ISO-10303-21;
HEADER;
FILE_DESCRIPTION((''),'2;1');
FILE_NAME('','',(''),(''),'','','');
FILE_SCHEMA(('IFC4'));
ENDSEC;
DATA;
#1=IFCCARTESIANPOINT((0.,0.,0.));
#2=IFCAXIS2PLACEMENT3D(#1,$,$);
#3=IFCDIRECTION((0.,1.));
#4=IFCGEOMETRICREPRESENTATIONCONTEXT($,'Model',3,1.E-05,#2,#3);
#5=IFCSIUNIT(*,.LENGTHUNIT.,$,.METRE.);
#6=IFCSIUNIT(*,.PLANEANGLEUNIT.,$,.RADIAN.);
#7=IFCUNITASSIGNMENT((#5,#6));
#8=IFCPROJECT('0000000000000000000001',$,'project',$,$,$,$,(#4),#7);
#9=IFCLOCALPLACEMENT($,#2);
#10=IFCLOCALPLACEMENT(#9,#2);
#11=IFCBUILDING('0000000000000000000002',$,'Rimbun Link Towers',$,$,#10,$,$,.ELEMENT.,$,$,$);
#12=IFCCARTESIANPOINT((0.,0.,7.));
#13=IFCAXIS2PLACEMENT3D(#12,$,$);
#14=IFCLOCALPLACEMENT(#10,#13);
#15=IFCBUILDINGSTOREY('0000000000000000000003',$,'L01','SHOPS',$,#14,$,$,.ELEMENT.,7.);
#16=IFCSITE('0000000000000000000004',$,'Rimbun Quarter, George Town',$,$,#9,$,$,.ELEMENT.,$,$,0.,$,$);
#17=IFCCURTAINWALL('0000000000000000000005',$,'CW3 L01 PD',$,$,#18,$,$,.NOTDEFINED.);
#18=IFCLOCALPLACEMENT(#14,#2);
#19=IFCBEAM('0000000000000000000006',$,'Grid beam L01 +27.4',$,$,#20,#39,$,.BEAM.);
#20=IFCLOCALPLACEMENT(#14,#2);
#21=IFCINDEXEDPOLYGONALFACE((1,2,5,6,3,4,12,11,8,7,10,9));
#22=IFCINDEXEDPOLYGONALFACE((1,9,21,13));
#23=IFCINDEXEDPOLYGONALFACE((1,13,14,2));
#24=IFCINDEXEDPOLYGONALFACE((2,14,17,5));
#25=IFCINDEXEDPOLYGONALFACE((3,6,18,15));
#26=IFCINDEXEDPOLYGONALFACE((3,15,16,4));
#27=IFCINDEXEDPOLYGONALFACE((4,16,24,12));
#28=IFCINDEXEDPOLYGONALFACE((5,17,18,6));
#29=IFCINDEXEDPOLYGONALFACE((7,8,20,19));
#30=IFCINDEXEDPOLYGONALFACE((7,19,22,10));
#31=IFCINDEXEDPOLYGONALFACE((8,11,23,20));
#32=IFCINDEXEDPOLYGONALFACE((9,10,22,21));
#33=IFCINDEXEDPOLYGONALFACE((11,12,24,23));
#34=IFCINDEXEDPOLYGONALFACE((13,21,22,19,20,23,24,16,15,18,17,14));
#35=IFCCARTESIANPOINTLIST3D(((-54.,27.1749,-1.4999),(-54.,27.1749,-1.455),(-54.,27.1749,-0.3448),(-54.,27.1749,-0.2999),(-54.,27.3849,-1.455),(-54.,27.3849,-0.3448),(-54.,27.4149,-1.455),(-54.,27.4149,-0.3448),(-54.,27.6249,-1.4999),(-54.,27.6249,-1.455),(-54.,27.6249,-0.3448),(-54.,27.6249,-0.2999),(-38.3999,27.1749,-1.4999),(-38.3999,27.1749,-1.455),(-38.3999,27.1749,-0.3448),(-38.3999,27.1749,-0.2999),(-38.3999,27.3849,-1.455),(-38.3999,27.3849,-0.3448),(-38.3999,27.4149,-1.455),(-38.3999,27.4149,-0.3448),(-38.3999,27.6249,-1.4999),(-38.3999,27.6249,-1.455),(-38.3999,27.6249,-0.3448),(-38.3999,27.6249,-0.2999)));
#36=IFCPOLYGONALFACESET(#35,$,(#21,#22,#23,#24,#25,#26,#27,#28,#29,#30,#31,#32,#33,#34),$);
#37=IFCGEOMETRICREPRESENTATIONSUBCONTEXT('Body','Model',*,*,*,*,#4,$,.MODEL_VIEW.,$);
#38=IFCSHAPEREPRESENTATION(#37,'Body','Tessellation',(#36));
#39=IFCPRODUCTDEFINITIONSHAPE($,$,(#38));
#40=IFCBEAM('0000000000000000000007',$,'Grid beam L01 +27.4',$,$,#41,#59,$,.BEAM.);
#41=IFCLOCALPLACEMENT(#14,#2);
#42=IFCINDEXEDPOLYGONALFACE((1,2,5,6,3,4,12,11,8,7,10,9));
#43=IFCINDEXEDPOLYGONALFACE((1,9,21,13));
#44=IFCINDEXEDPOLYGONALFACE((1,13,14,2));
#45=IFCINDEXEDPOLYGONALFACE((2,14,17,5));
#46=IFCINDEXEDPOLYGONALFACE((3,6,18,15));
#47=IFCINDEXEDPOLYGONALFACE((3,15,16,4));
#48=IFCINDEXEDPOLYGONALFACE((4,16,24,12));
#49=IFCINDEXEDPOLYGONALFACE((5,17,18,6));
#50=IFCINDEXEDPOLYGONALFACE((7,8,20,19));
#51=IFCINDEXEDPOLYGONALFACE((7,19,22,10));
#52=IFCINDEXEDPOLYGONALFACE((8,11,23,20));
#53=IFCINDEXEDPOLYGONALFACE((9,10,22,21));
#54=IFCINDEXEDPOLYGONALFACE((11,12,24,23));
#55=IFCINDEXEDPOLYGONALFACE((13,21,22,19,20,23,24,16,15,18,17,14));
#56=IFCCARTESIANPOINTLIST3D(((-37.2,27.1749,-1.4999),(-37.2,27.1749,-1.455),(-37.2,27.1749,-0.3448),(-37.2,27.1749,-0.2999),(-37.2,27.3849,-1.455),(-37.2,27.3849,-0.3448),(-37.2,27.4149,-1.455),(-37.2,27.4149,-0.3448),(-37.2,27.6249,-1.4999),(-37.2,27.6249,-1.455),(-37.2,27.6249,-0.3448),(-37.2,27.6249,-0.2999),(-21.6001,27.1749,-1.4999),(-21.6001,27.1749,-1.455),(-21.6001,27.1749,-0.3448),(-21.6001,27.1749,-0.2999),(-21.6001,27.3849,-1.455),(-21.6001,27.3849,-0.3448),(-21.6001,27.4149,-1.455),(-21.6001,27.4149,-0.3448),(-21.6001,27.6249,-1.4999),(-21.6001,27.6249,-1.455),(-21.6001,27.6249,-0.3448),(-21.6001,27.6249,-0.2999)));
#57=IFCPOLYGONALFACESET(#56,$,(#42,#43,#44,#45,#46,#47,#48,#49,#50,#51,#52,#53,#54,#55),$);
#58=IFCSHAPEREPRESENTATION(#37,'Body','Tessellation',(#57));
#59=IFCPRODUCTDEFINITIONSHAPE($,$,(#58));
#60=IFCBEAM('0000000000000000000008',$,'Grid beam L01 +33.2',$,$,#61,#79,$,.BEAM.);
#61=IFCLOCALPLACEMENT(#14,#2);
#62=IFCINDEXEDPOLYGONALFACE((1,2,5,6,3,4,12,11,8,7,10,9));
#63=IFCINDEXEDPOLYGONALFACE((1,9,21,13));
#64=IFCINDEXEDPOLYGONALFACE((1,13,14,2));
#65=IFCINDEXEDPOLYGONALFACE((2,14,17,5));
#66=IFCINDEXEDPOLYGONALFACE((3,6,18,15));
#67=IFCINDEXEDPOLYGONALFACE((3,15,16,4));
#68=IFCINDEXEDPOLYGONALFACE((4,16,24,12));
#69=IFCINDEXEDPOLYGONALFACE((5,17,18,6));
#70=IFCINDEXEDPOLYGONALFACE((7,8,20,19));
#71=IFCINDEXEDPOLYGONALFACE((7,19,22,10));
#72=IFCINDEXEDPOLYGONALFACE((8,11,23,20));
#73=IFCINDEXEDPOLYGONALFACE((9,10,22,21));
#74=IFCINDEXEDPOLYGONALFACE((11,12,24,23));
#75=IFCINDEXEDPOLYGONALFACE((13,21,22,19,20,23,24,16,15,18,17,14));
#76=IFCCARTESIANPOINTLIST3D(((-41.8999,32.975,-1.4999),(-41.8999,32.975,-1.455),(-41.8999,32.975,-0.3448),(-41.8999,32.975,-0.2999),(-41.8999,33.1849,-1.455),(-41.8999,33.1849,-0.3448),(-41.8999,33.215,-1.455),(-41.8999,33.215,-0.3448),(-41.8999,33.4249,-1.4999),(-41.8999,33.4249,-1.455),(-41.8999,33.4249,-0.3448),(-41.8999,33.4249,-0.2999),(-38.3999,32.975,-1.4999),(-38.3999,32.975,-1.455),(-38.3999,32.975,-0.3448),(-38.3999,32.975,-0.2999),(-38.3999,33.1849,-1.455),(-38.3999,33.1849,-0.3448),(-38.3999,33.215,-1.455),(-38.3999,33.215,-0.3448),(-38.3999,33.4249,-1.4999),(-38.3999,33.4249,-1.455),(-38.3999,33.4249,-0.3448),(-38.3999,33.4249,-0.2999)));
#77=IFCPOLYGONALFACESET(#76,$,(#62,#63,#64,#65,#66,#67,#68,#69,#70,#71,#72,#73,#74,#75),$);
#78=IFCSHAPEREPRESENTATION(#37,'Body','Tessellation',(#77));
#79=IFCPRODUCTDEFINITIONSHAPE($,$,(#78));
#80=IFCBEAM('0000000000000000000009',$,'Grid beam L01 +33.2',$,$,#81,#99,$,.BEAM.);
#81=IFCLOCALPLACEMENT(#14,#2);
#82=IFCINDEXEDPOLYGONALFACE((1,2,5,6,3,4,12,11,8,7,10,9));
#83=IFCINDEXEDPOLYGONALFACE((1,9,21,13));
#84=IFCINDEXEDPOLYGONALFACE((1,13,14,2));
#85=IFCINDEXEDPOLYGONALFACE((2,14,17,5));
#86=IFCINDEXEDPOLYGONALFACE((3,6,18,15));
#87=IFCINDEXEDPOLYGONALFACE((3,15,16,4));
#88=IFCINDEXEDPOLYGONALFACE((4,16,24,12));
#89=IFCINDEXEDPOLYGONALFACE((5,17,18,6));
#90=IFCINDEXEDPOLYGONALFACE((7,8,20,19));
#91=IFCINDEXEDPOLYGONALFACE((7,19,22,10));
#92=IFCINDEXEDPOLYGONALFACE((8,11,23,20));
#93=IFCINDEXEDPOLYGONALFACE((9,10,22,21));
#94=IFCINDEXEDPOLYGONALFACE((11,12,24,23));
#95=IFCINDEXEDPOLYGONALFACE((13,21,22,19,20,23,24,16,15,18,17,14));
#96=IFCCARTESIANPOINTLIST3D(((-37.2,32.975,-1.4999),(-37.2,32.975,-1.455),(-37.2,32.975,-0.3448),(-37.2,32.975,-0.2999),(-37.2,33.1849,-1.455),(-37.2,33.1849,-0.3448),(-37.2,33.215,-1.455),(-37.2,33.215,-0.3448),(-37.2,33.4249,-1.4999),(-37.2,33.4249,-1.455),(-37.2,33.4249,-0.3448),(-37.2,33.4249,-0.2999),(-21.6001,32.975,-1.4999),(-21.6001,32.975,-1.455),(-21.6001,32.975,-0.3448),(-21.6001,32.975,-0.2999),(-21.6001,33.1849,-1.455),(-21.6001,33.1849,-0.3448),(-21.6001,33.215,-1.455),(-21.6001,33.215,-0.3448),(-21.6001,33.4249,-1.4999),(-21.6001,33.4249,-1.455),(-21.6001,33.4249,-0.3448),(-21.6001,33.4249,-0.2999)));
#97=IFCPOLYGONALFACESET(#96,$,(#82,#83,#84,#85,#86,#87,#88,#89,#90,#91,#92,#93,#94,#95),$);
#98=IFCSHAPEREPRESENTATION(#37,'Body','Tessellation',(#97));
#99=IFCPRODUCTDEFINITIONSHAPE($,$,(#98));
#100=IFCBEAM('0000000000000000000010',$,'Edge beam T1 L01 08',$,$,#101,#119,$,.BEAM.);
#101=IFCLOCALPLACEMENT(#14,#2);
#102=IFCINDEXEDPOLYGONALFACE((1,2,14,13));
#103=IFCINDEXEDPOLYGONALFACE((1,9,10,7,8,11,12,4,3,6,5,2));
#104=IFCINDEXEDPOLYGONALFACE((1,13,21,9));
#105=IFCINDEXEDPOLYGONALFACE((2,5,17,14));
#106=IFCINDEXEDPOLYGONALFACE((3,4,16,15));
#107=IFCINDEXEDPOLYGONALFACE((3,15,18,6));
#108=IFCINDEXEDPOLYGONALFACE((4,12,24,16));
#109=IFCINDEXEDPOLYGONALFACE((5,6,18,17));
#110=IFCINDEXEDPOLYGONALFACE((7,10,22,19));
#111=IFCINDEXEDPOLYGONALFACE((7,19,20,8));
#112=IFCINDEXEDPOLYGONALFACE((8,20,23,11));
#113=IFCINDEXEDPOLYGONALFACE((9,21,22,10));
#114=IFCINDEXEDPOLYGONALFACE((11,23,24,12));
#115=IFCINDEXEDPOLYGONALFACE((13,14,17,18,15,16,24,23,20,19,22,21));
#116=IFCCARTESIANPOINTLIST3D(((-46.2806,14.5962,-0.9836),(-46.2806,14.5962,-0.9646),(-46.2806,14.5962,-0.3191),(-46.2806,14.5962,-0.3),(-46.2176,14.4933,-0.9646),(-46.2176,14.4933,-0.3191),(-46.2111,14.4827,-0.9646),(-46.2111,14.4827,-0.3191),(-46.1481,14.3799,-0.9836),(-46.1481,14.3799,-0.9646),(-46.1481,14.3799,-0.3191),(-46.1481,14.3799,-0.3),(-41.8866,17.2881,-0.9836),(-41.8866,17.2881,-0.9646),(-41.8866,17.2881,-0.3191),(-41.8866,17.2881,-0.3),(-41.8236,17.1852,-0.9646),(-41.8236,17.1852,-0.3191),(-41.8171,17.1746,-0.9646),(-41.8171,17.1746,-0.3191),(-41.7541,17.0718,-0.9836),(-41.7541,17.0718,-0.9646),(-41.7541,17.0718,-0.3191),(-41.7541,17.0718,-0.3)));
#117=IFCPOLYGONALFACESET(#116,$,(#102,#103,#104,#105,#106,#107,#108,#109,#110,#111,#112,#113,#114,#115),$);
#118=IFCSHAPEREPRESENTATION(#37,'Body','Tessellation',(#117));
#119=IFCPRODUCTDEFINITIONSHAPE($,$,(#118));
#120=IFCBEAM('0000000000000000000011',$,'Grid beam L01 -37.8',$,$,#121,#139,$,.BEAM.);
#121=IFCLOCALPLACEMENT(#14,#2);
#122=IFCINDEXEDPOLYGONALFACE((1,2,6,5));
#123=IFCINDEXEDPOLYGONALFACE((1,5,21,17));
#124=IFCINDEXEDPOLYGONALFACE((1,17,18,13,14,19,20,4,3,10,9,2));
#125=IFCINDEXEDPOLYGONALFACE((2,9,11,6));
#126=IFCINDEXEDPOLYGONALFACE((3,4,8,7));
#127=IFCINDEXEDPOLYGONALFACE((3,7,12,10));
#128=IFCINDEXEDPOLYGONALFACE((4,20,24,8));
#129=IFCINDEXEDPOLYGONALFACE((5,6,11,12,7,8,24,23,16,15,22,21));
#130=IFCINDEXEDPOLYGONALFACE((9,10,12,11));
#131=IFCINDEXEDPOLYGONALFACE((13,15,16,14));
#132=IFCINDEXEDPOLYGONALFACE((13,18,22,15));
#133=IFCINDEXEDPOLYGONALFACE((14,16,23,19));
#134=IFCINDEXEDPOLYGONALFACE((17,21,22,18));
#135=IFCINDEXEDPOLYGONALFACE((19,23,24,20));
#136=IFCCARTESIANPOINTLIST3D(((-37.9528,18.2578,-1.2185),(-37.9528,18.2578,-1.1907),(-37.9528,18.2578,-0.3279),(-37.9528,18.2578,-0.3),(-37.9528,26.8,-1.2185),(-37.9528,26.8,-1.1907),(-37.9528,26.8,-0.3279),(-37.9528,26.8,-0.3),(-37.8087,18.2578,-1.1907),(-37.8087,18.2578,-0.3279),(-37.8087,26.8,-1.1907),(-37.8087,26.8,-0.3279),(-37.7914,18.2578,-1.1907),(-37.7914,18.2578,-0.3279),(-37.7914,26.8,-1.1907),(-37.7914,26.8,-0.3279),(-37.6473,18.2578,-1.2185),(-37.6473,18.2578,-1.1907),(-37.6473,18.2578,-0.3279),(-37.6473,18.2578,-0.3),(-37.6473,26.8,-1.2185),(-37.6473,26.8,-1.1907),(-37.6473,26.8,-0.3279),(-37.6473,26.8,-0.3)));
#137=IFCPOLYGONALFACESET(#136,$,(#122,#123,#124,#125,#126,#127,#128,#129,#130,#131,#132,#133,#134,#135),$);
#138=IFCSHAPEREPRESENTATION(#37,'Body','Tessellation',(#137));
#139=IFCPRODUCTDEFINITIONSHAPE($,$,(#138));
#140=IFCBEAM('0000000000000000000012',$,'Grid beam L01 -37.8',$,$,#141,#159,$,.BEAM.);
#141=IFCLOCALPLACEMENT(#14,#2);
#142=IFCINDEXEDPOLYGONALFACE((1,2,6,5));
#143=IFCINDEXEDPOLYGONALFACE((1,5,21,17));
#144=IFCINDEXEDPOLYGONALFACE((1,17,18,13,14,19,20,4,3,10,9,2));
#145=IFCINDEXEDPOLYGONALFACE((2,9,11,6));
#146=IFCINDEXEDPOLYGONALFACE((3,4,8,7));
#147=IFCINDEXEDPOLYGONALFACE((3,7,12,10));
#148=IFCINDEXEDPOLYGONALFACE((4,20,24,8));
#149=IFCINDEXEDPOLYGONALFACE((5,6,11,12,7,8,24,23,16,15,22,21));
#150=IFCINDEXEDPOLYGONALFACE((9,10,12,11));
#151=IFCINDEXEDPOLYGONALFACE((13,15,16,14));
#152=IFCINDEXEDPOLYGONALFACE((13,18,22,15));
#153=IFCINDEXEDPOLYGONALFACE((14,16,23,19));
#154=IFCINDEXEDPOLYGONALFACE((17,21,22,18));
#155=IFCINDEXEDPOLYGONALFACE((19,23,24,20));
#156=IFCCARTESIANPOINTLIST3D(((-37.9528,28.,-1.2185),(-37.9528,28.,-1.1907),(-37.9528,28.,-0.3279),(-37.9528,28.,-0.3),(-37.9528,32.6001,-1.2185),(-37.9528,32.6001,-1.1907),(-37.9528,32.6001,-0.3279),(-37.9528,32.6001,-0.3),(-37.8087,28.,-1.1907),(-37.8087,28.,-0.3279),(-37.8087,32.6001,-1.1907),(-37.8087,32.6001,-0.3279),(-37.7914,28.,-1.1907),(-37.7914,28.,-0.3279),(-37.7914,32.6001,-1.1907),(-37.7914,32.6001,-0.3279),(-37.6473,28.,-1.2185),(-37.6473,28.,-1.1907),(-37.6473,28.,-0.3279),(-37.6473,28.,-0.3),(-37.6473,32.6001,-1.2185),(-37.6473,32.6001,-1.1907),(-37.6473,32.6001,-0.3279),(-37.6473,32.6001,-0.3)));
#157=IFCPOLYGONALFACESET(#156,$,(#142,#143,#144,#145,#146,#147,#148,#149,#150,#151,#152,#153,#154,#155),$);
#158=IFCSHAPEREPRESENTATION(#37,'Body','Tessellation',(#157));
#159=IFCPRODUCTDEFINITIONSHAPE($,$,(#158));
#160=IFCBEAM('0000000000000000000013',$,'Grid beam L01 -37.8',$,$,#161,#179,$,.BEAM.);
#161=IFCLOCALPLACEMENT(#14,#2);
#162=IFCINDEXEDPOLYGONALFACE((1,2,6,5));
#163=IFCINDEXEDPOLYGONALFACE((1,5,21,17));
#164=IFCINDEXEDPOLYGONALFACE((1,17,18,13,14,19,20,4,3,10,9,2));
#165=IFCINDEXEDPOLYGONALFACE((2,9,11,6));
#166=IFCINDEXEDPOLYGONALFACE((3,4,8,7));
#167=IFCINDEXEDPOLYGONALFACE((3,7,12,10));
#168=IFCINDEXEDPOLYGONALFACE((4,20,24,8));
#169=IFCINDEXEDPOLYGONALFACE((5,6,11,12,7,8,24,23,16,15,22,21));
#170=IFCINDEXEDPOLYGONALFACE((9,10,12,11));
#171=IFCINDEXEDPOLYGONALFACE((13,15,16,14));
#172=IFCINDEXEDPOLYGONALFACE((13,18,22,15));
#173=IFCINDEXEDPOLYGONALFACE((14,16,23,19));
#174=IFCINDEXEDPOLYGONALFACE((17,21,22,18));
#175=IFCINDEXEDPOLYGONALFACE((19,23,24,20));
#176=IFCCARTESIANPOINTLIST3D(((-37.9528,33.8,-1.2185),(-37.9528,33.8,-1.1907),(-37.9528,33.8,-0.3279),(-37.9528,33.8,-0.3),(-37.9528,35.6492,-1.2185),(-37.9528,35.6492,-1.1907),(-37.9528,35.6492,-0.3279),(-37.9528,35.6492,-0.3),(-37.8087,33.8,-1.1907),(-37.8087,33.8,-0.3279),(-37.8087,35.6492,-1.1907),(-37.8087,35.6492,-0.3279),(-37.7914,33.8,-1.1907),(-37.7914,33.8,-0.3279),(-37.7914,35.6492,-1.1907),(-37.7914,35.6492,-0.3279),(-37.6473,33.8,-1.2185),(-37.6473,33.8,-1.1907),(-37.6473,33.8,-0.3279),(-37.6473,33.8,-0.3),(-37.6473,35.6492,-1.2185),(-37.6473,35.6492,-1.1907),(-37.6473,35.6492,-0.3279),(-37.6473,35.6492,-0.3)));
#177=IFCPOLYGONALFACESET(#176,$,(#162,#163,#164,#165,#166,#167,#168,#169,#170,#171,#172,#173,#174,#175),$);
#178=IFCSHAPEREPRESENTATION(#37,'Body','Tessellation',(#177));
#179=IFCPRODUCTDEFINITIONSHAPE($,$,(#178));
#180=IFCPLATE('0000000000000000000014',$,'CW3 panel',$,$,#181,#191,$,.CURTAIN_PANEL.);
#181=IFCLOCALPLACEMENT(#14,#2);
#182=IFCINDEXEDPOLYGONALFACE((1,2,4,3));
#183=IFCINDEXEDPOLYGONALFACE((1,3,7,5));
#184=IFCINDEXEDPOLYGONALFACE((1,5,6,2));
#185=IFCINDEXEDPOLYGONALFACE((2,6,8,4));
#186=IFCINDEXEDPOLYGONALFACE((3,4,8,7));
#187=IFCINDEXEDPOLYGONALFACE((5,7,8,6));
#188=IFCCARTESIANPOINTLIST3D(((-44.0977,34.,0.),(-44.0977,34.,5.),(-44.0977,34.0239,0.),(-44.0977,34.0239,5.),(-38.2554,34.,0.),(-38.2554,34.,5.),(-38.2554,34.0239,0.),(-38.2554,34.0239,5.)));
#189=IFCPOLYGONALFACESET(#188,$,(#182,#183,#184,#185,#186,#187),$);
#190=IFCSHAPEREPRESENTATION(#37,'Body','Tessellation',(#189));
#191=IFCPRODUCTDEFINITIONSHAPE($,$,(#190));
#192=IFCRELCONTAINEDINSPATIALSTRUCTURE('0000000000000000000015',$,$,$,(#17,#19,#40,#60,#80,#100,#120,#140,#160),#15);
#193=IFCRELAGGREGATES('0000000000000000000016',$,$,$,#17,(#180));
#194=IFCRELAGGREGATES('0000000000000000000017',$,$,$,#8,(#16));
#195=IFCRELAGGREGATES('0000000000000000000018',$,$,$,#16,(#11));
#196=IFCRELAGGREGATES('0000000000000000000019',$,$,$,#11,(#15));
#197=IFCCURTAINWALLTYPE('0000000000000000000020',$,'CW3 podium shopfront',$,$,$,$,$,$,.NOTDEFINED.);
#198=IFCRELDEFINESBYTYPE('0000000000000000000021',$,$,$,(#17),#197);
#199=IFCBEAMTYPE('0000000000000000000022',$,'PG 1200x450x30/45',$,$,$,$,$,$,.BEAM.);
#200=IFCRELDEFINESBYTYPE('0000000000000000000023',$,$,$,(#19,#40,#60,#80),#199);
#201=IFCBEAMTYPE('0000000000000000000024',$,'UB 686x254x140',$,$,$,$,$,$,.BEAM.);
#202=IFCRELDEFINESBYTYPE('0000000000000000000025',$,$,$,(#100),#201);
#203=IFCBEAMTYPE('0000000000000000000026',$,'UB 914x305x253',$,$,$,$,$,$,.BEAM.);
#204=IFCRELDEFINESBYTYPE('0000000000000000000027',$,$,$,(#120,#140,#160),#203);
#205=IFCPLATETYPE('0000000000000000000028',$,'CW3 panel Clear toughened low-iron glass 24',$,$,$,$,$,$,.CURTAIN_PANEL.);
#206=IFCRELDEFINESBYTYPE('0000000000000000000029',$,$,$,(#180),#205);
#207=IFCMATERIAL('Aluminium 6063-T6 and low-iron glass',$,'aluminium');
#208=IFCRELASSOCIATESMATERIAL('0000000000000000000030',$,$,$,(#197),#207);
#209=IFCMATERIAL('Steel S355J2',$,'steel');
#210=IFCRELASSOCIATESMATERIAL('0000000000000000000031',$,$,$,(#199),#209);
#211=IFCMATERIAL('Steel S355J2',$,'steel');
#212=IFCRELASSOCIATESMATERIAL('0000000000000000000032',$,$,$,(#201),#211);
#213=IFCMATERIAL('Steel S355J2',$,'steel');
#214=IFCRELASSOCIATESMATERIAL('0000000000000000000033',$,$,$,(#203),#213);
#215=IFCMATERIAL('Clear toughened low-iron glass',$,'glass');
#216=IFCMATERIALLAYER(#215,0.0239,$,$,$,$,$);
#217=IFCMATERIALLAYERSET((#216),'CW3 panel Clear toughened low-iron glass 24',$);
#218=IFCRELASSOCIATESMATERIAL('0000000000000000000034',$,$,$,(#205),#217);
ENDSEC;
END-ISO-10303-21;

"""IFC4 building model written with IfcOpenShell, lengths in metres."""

from ifc_helpers import new_model, si_unit, direction, frame, origin, origin_2d, place, context, subcontext, project, spatial, rectangle, i_section, extrude, material, layer, layer_set, material_profile, profile_set, type_object, element, aggregate, save


model = new_model("IFC4")

# Units and contexts
model_context = context("Model", 3, precision=1e-05, world=origin(), true_north=direction((0.0, 1.0)))
body_context = subcontext(model_context, "Body", "Model", "MODEL_VIEW")
ifc_project = project(units=[si_unit("LENGTHUNIT", "METRE"), si_unit("PLANEANGLEUNIT", "RADIAN")], contexts=[model_context])

# Site, building, storey
site_placement = place(None, origin())
site = spatial("IfcSite", under=ifc_project, at=site_placement, Name="Rimbun Quarter, George Town", CompositionType="ELEMENT", RefElevation=0.0)
building_placement = place(site_placement, origin())
building = spatial("IfcBuilding", under=site, at=building_placement, Name="Rimbun Link Towers", CompositionType="ELEMENT")
storey_placement = place(building_placement, frame((0.0, 0.0, 7.0)))
storey = spatial("IfcBuildingStorey", under=building, at=storey_placement, Name="L01", Description="SHOPS", CompositionType="ELEMENT", Elevation=7.0)

# Curtain wall
ifc_material_1 = material(Name="Aluminium 6063-T6 and low-iron glass", Category="aluminium")
curtain_wall_type = type_object("IfcCurtainWallType", Name="CW3 podium shopfront", PredefinedType="NOTDEFINED", material=ifc_material_1)
curtain_wall_placement = place(storey_placement, origin())
curtain_wall = element("IfcCurtainWall", 1, at=curtain_wall_placement, inside=storey, type_object=curtain_wall_type, Name="CW3 L01 PD", PredefinedType="NOTDEFINED")

# Beams
ifc_material_2 = material(Name="Steel S355J2", Category="steel")
ifc_material_profile_1 = material_profile(ifc_material_2, i_section(OverallWidth=0.45, OverallDepth=1.2, WebThickness=0.03, FlangeThickness=0.0449, at=origin_2d()), Name="PG 1200x450x30/45")
ifc_profile_set_1 = profile_set([ifc_material_profile_1], Name="Steel S355J2")
beam_type_1 = type_object("IfcBeamType", Name="PG 1200x450x30/45", PredefinedType="BEAM", material=ifc_profile_set_1)
beam_1_placement = place(storey_placement, frame((-54.0, 27.3999, -0.8999), z_axis=(1.0, 0.0, 0.0), x_axis=(0.0, 1.0, 0.0)))
element("IfcBeam", 2, at=beam_1_placement, inside=storey, type_object=beam_type_1, Name="Grid beam L01 +27.4", PredefinedType="BEAM", context=body_context, shape_type="SweptSolid", body=[
    extrude(i_section(OverallWidth=0.45, OverallDepth=1.2, WebThickness=0.03, FlangeThickness=0.0449, at=origin_2d()), origin(), (0.0, 0.0, 1.0), 15.6001),
])
beam_2_placement = place(storey_placement, frame((-37.2, 27.3999, -0.8999), z_axis=(1.0, 0.0, 0.0), x_axis=(0.0, 1.0, 0.0)))
element("IfcBeam", 3, at=beam_2_placement, inside=storey, type_object=beam_type_1, Name="Grid beam L01 +27.4", PredefinedType="BEAM", context=body_context, shape_type="SweptSolid", body=[
    extrude(i_section(OverallWidth=0.45, OverallDepth=1.2, WebThickness=0.03, FlangeThickness=0.0449, at=origin_2d()), origin(), (0.0, 0.0, 1.0), 15.5999),
])
beam_3_placement = place(storey_placement, frame((-41.8999, 33.2, -0.8999), z_axis=(1.0, 0.0, 0.0), x_axis=(0.0, 1.0, 0.0)))
element("IfcBeam", 4, at=beam_3_placement, inside=storey, type_object=beam_type_1, Name="Grid beam L01 +33.2", PredefinedType="BEAM", context=body_context, shape_type="SweptSolid", body=[
    extrude(i_section(OverallWidth=0.45, OverallDepth=1.2, WebThickness=0.03, FlangeThickness=0.0449, at=origin_2d()), origin(), (0.0, 0.0, 1.0), 3.5),
])
beam_4_placement = place(storey_placement, frame((-37.2, 33.2, -0.8999), z_axis=(1.0, 0.0, 0.0), x_axis=(0.0, 1.0, 0.0)))
element("IfcBeam", 5, at=beam_4_placement, inside=storey, type_object=beam_type_1, Name="Grid beam L01 +33.2", PredefinedType="BEAM", context=body_context, shape_type="SweptSolid", body=[
    extrude(i_section(OverallWidth=0.45, OverallDepth=1.2, WebThickness=0.03, FlangeThickness=0.0449, at=origin_2d()), origin(), (0.0, 0.0, 1.0), 15.5999),
])
ifc_material_3 = material(Name="Steel S355J2", Category="steel")
ifc_material_profile_2 = material_profile(ifc_material_3, i_section(OverallWidth=0.2537, OverallDepth=0.6836, WebThickness=0.0125, FlangeThickness=0.019, at=origin_2d()), Name="UB 686x254x140")
ifc_profile_set_2 = profile_set([ifc_material_profile_2], Name="Steel S355J2")
beam_type_2 = type_object("IfcBeamType", Name="UB 686x254x140", PredefinedType="BEAM", material=ifc_profile_set_2)
beam_5_placement = place(storey_placement, frame((-41.8203, 17.1799, -0.6418), z_axis=(-0.852707, -0.522389, 0.0), x_axis=(0.522389, -0.852707, 0.0)))
element("IfcBeam", 6, at=beam_5_placement, inside=storey, type_object=beam_type_2, Name="Edge beam T1 L01 08", PredefinedType="BEAM", context=body_context, shape_type="SweptSolid", body=[
    extrude(i_section(OverallWidth=0.2537, OverallDepth=0.6836, WebThickness=0.0125, FlangeThickness=0.019, at=origin_2d()), origin(), (0.0, 0.0, 1.0), 5.1531),
])
ifc_material_4 = material(Name="Steel S355J2", Category="steel")
ifc_material_profile_3 = material_profile(ifc_material_4, i_section(OverallWidth=0.3054, OverallDepth=0.9185, WebThickness=0.0173, FlangeThickness=0.0278, at=origin_2d()), Name="UB 914x305x253")
ifc_profile_set_3 = profile_set([ifc_material_profile_3], Name="Steel S355J2")
beam_type_3 = type_object("IfcBeamType", Name="UB 914x305x253", PredefinedType="BEAM", material=ifc_profile_set_3)
beam_6_placement = place(storey_placement, frame((-37.8, 18.2578, -0.7593), z_axis=(0.0, 1.0, 0.0), x_axis=(-1.0, 0.0, 0.0)))
element("IfcBeam", 7, at=beam_6_placement, inside=storey, type_object=beam_type_3, Name="Grid beam L01 -37.8", PredefinedType="BEAM", context=body_context, shape_type="SweptSolid", body=[
    extrude(i_section(OverallWidth=0.3054, OverallDepth=0.9185, WebThickness=0.0173, FlangeThickness=0.0278, at=origin_2d()), origin(), (0.0, 0.0, 1.0), 8.5422),
])
beam_7_placement = place(storey_placement, frame((-37.8, 28.0, -0.7593), z_axis=(0.0, 1.0, 0.0), x_axis=(-1.0, 0.0, 0.0)))
element("IfcBeam", 8, at=beam_7_placement, inside=storey, type_object=beam_type_3, Name="Grid beam L01 -37.8", PredefinedType="BEAM", context=body_context, shape_type="SweptSolid", body=[
    extrude(i_section(OverallWidth=0.3054, OverallDepth=0.9185, WebThickness=0.0173, FlangeThickness=0.0278, at=origin_2d()), origin(), (0.0, 0.0, 1.0), 4.6001),
])
beam_8_placement = place(storey_placement, frame((-37.8, 33.8, -0.7593), z_axis=(0.0, 1.0, 0.0), x_axis=(-1.0, 0.0, 0.0)))
element("IfcBeam", 9, at=beam_8_placement, inside=storey, type_object=beam_type_3, Name="Grid beam L01 -37.8", PredefinedType="BEAM", context=body_context, shape_type="SweptSolid", body=[
    extrude(i_section(OverallWidth=0.3054, OverallDepth=0.9185, WebThickness=0.0173, FlangeThickness=0.0278, at=origin_2d()), origin(), (0.0, 0.0, 1.0), 1.8491),
])

# Plate
ifc_material_5 = material(Name="Clear toughened low-iron glass", Category="glass")
ifc_layer = layer(ifc_material_5, 0.0239)
ifc_layer_set = layer_set([ifc_layer], Name="CW3 panel Clear toughened low-iron glass 24")
plate_type = type_object("IfcPlateType", Name="CW3 panel Clear toughened low-iron glass 24", PredefinedType="CURTAIN_PANEL", material=ifc_layer_set)
plate_1_placement = place(storey_placement, frame((-41.1765, 34.012, 0.0), z_axis=(0.0, 0.0, 1.0), x_axis=(1.0, 0.0, 0.0)))
plate_1 = element("IfcPlate", 10, at=plate_1_placement, type_object=plate_type, Name="CW3 panel", PredefinedType="CURTAIN_PANEL", context=body_context, shape_type="SweptSolid", body=[
    extrude(rectangle(XDim=5.8423, YDim=0.0239, at=origin_2d()), origin(), (0.0, 0.0, 1.0), 5.0),
])
aggregate(curtain_wall, [plate_1])

save(model, "model.ifc")
